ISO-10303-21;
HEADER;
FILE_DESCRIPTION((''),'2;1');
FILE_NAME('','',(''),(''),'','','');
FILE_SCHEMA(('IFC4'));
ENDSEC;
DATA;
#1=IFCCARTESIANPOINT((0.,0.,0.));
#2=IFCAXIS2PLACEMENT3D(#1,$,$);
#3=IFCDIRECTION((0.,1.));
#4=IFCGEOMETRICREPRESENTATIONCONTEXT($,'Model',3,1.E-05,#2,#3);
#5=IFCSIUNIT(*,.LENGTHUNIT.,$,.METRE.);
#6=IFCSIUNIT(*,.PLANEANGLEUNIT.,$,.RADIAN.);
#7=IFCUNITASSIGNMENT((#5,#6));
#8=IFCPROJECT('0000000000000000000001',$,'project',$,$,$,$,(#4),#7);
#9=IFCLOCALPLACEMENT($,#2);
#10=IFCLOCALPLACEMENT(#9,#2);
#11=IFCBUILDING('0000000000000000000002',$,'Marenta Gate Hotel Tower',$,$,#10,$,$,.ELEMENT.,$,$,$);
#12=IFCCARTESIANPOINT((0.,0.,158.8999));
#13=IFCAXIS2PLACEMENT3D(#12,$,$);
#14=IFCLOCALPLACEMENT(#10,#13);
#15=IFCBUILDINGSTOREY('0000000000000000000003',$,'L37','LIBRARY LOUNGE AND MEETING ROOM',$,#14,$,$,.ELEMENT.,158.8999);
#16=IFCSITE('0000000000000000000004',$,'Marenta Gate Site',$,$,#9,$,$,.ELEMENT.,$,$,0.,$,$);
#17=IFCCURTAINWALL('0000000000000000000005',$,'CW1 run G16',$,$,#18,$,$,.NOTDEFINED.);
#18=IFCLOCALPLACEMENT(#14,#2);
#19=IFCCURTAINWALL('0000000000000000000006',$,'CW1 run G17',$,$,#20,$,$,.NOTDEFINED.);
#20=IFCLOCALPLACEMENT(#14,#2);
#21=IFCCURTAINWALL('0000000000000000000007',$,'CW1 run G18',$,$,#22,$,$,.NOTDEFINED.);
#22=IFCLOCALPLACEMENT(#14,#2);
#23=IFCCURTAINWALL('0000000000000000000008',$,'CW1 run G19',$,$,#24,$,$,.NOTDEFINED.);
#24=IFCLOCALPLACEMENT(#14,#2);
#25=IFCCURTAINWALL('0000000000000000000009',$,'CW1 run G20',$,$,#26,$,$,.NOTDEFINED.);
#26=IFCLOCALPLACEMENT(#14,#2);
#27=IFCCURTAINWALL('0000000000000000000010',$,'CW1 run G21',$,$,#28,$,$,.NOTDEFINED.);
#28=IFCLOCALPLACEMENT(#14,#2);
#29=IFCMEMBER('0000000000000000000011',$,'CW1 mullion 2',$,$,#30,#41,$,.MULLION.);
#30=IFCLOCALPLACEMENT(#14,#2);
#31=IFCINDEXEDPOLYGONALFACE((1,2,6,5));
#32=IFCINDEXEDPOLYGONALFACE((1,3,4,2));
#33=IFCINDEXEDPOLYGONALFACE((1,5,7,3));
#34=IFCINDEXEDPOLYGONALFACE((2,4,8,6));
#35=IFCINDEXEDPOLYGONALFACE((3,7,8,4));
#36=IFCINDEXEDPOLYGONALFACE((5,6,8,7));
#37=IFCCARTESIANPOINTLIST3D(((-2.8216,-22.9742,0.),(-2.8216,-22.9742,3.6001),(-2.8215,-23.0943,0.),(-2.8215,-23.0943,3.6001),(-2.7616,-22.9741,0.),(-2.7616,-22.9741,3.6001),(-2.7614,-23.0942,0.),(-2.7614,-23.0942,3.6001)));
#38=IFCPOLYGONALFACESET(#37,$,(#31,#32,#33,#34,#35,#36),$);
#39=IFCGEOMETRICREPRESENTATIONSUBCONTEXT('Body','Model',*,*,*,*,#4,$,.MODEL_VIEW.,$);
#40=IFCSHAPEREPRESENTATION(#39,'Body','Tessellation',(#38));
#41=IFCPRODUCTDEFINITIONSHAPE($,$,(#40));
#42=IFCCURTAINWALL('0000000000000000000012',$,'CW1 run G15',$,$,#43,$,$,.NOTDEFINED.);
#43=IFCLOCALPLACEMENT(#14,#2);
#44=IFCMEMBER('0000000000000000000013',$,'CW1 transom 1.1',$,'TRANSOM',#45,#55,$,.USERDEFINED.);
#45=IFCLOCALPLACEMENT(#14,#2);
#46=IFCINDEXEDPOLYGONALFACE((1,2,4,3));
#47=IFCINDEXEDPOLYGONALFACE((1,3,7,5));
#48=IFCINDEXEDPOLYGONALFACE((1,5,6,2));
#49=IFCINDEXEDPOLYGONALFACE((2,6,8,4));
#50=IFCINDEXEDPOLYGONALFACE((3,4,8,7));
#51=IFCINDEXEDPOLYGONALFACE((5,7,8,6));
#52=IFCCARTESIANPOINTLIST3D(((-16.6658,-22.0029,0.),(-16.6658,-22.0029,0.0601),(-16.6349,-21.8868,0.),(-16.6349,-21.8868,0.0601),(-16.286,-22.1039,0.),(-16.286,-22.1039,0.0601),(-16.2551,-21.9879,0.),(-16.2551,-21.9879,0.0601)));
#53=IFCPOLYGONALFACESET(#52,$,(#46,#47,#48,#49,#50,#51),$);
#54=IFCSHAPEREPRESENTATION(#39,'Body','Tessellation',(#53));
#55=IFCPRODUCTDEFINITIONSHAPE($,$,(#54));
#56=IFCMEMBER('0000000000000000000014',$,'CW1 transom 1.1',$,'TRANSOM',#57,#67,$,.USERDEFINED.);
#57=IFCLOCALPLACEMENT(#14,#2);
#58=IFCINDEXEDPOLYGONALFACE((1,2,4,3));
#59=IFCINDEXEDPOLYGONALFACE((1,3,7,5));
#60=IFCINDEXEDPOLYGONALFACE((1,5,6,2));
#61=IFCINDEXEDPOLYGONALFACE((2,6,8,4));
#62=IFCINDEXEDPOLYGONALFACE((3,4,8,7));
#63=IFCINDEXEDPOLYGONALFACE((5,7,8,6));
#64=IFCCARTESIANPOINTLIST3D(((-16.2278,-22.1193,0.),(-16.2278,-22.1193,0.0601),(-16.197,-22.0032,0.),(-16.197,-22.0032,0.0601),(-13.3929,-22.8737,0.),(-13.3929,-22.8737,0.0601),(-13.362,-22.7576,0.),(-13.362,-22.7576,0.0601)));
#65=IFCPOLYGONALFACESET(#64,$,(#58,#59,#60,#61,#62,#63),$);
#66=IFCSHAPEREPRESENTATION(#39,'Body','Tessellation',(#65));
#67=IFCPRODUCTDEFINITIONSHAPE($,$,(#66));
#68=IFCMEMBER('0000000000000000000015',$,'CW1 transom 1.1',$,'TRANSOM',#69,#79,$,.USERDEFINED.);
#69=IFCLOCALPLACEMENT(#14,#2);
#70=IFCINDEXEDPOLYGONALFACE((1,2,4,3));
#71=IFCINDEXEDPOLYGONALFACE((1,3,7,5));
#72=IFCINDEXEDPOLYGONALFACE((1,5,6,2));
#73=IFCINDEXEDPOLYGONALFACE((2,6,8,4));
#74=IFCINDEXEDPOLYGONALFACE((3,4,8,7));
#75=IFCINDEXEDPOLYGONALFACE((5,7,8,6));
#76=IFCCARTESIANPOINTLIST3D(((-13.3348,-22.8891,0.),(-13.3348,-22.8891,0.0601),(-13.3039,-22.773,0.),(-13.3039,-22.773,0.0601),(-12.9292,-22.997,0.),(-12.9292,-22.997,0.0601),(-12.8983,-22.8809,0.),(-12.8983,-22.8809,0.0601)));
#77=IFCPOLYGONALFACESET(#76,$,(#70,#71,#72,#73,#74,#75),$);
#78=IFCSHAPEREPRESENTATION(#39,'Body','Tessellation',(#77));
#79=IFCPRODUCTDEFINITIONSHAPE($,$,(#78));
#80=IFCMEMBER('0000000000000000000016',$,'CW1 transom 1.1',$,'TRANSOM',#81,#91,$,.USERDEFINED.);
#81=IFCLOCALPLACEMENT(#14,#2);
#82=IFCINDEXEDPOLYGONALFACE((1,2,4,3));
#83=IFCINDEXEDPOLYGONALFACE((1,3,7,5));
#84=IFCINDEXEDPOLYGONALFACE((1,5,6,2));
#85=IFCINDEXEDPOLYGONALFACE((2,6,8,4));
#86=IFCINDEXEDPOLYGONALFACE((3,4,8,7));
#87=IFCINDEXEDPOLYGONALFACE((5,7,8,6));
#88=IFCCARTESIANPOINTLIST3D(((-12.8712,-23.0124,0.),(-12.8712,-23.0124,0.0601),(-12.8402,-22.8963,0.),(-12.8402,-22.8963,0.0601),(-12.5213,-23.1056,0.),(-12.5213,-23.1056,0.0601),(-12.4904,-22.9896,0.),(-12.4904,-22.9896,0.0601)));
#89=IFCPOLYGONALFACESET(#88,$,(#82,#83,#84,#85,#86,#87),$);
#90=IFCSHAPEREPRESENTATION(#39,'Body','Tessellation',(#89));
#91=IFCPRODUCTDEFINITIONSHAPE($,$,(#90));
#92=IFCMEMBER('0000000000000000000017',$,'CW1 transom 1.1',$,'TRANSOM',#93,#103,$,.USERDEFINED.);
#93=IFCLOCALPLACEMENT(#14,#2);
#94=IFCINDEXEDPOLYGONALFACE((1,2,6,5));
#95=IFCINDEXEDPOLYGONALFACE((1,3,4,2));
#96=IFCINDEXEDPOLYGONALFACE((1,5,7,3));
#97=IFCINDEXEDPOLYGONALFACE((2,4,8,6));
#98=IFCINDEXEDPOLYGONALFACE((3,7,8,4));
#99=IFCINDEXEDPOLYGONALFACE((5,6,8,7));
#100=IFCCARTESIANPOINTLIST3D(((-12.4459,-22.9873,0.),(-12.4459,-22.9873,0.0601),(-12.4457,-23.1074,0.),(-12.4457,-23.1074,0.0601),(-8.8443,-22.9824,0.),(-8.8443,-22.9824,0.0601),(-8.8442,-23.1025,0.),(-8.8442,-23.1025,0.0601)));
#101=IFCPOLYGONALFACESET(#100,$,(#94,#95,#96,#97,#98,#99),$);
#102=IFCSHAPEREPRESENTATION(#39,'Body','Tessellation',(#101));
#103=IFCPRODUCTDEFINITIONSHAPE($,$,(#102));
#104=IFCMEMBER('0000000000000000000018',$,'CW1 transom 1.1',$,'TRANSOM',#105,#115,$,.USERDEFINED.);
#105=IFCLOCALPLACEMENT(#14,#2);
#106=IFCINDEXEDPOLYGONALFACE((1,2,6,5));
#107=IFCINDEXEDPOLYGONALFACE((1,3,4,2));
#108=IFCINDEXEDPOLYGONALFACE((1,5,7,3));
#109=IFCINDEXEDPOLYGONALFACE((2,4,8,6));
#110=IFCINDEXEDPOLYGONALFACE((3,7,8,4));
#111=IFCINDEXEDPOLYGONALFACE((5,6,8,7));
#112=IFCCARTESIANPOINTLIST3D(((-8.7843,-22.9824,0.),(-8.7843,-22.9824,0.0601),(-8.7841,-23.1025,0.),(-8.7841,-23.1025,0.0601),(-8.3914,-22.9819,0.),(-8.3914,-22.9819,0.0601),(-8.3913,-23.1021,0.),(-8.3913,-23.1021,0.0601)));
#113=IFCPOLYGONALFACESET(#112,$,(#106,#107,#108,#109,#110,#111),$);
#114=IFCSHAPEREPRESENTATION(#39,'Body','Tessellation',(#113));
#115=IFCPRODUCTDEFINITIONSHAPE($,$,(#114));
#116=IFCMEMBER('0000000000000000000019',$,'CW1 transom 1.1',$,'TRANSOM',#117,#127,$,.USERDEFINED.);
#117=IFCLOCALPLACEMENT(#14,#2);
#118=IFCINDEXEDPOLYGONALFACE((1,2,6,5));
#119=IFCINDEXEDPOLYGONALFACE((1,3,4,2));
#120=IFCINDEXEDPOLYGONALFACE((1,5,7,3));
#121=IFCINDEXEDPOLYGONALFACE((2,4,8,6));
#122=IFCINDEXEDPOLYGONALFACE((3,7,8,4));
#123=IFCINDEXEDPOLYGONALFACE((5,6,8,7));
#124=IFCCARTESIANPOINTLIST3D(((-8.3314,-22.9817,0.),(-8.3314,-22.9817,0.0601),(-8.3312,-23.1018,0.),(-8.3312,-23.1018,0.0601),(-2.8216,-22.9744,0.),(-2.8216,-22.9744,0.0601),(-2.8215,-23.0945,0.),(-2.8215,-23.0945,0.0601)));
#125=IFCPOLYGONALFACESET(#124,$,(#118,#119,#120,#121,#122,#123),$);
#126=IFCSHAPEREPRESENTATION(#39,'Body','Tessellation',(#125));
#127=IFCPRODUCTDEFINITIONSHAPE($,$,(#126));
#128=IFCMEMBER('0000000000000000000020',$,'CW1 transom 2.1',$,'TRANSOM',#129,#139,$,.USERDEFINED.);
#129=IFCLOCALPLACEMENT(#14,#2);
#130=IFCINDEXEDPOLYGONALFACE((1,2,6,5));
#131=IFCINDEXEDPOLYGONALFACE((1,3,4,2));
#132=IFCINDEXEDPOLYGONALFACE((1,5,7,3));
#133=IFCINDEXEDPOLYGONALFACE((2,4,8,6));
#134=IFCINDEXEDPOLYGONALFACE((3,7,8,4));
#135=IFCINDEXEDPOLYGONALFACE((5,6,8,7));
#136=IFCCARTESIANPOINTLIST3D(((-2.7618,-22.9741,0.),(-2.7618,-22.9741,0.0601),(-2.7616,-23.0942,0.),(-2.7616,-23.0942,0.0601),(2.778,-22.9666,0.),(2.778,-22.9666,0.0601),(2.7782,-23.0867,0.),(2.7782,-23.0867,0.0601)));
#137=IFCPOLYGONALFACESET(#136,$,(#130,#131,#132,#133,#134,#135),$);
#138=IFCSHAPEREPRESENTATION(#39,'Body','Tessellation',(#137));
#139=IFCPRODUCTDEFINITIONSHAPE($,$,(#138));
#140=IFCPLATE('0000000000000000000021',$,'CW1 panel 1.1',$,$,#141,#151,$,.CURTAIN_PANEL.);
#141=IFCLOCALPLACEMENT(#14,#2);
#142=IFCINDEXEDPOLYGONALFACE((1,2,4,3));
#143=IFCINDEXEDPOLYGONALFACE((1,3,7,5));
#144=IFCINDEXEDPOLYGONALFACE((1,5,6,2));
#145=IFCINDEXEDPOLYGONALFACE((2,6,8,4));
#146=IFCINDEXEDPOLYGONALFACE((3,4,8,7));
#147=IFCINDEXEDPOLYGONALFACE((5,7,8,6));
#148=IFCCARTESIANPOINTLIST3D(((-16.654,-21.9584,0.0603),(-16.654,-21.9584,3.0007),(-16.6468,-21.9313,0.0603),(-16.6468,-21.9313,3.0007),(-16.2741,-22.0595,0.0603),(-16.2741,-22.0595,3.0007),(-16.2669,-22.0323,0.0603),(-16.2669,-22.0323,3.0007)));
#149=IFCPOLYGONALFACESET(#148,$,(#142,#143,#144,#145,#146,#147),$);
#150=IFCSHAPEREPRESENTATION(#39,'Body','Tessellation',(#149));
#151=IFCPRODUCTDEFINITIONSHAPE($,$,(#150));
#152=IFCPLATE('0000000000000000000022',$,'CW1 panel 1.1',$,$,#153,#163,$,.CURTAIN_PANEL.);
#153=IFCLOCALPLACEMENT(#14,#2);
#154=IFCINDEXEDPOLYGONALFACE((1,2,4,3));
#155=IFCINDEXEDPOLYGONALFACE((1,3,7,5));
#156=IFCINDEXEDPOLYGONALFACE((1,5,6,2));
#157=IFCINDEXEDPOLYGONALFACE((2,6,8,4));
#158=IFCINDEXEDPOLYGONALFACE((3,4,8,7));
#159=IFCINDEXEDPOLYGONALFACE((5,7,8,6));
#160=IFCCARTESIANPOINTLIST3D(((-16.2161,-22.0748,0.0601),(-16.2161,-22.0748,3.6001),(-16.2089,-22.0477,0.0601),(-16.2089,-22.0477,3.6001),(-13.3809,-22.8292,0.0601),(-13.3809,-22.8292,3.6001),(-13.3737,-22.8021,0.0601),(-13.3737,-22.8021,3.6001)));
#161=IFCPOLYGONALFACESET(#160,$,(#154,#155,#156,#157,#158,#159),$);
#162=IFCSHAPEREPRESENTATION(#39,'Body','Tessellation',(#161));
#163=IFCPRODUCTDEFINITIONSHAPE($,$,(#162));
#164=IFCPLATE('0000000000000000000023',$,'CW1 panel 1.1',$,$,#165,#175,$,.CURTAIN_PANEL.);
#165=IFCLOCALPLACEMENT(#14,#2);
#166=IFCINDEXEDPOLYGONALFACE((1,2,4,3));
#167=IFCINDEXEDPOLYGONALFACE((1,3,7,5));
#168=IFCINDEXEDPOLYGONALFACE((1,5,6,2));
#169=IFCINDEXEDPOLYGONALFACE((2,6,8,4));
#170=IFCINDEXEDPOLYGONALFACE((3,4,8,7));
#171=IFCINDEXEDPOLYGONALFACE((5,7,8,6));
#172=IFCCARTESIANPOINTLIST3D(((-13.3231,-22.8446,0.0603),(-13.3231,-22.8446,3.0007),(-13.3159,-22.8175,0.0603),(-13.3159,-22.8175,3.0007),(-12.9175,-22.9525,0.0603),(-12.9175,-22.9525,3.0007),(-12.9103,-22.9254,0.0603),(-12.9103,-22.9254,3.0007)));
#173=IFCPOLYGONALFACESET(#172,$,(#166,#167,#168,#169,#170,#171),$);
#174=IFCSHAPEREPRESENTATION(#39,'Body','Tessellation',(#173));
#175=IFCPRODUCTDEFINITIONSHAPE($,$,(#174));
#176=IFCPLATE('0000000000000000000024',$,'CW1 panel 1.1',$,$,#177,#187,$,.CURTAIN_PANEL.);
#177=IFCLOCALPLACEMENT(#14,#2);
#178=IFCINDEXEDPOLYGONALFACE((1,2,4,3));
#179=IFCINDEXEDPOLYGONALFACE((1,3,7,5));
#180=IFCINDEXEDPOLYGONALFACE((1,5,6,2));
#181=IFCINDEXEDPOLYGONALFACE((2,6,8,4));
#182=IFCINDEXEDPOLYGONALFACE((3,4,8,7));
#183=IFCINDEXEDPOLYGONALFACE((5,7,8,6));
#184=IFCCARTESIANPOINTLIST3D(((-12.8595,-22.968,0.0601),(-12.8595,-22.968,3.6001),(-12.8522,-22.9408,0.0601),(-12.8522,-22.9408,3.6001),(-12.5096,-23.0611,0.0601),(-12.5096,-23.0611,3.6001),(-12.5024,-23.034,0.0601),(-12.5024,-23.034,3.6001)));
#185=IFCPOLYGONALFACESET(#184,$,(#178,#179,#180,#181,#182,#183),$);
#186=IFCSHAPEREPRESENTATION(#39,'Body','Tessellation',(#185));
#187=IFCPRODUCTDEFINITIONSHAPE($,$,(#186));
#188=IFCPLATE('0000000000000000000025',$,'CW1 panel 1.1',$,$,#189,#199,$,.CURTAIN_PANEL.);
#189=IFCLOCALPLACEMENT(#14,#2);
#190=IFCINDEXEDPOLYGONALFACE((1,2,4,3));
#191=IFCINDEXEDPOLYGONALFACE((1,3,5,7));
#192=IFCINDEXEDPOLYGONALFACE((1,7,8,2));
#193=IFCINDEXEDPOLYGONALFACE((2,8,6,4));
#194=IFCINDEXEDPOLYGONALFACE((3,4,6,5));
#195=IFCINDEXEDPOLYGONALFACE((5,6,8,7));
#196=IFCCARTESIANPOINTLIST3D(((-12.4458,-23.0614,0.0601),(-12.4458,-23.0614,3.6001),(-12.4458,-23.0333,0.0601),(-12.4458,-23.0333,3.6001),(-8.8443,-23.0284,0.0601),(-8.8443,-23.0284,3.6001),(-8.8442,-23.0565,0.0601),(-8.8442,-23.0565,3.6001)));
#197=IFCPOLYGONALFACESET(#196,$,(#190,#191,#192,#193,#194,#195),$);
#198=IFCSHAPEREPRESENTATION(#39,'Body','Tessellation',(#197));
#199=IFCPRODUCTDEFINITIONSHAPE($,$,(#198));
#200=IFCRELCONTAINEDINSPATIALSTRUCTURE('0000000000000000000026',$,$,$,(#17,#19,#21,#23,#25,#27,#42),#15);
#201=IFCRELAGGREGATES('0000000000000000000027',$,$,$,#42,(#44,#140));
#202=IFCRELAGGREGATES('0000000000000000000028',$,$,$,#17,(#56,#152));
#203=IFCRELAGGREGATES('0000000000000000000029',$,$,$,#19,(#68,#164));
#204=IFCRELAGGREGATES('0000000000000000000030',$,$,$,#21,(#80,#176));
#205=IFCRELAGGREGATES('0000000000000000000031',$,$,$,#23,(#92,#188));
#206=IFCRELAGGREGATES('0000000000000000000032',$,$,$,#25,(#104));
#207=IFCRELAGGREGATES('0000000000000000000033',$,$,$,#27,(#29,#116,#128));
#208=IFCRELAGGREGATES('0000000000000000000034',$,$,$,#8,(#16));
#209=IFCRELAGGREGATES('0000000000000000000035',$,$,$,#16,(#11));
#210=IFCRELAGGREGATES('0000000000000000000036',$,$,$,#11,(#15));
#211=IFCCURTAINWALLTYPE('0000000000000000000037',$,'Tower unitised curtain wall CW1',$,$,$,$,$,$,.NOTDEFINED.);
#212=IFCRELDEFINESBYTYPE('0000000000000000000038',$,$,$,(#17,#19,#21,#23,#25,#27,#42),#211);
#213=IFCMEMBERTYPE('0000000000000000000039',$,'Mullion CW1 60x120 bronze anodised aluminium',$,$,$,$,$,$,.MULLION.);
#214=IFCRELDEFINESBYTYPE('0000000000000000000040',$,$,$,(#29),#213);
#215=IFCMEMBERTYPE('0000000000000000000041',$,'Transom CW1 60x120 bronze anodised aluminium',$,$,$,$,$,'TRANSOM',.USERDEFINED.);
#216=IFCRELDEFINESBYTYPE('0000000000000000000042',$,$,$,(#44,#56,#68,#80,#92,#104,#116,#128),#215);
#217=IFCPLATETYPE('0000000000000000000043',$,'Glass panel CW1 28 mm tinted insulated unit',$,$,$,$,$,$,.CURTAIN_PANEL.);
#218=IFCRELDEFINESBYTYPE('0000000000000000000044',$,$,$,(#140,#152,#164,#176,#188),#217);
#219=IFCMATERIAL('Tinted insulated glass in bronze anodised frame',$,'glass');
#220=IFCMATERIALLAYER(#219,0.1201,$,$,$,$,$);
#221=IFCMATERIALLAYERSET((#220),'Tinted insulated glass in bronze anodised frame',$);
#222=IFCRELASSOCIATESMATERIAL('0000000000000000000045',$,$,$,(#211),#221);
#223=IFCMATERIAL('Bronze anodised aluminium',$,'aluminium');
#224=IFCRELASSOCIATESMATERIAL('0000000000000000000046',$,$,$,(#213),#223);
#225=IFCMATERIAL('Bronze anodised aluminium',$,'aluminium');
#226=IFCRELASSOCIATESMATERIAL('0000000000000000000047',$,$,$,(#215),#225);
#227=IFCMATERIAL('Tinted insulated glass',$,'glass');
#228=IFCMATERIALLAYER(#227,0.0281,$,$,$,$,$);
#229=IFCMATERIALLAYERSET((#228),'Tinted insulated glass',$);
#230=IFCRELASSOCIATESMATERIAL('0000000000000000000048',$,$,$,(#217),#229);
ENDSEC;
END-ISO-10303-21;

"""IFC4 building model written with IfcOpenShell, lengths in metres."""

from ifc_helpers import new_model, si_unit, direction, frame, origin, origin_2d, place, context, subcontext, project, spatial, rectangle, extrude, material, layer, layer_set, material_profile, profile_set, type_object, element, aggregate, save


model = new_model("IFC4")

# Units and contexts
model_context = context("Model", 3, precision=1e-05, world=origin(), true_north=direction((0.0, 1.0)))
body_context = subcontext(model_context, "Body", "Model", "MODEL_VIEW")
ifc_project = project(units=[si_unit("LENGTHUNIT", "METRE"), si_unit("PLANEANGLEUNIT", "RADIAN")], contexts=[model_context])

# Site, building, storey
site_placement = place(None, origin())
site = spatial("IfcSite", under=ifc_project, at=site_placement, Name="Marenta Gate Site", CompositionType="ELEMENT", RefElevation=0.0)
building_placement = place(site_placement, origin())
building = spatial("IfcBuilding", under=site, at=building_placement, Name="Marenta Gate Hotel Tower", CompositionType="ELEMENT")
storey_placement = place(building_placement, frame((0.0, 0.0, 158.8999)))
storey = spatial("IfcBuildingStorey", under=building, at=storey_placement, Name="L37", Description="LIBRARY LOUNGE AND MEETING ROOM", CompositionType="ELEMENT", Elevation=158.8999)

# Curtain walls
ifc_material_1 = material(Name="Tinted insulated glass in bronze anodised frame", Category="glass")
ifc_layer_1 = layer(ifc_material_1, 0.1201)
ifc_layer_set_1 = layer_set([ifc_layer_1], Name="Tinted insulated glass in bronze anodised frame")
curtain_wall_type = type_object("IfcCurtainWallType", Name="Tower unitised curtain wall CW1", PredefinedType="NOTDEFINED", material=ifc_layer_set_1)
curtain_wall_1_placement = place(storey_placement, origin())
curtain_wall_1 = element("IfcCurtainWall", 1, at=curtain_wall_1_placement, inside=storey, type_object=curtain_wall_type, Name="CW1 run G16", PredefinedType="NOTDEFINED")
ifc_material_2 = material(Name="Bronze anodised aluminium", Category="aluminium")
ifc_material_profile_1 = material_profile(ifc_material_2, rectangle(XDim=0.1201, YDim=0.0601, at=origin_2d()), Name="Mullion CW1 60x120 bronze anodised aluminium")
ifc_profile_set_1 = profile_set([ifc_material_profile_1], Name="Bronze anodised aluminium")
member_type_1 = type_object("IfcMemberType", Name="Mullion CW1 60x120 bronze anodised aluminium", PredefinedType="MULLION", material=ifc_profile_set_1)
curtain_wall_2_placement = place(storey_placement, origin())
curtain_wall_2 = element("IfcCurtainWall", 2, at=curtain_wall_2_placement, inside=storey, type_object=curtain_wall_type, Name="CW1 run G17", PredefinedType="NOTDEFINED")
curtain_wall_3_placement = place(storey_placement, origin())
curtain_wall_3 = element("IfcCurtainWall", 3, at=curtain_wall_3_placement, inside=storey, type_object=curtain_wall_type, Name="CW1 run G18", PredefinedType="NOTDEFINED")
curtain_wall_4_placement = place(storey_placement, origin())
curtain_wall_4 = element("IfcCurtainWall", 4, at=curtain_wall_4_placement, inside=storey, type_object=curtain_wall_type, Name="CW1 run G19", PredefinedType="NOTDEFINED")
curtain_wall_5_placement = place(storey_placement, origin())
curtain_wall_5 = element("IfcCurtainWall", 5, at=curtain_wall_5_placement, inside=storey, type_object=curtain_wall_type, Name="CW1 run G20", PredefinedType="NOTDEFINED")

# Curtain wall, member
curtain_wall_6_placement = place(storey_placement, origin())
curtain_wall_6 = element("IfcCurtainWall", 6, at=curtain_wall_6_placement, inside=storey, type_object=curtain_wall_type, Name="CW1 run G21", PredefinedType="NOTDEFINED")
member_1_placement = place(storey_placement, frame((-2.7915, -23.0342, 0.0), z_axis=(0.0, 0.0, 1.0), x_axis=(-0.001363, 0.999999, 0.0)))
member_1 = element("IfcMember", 7, at=member_1_placement, type_object=member_type_1, Name="CW1 mullion 2", PredefinedType="MULLION", context=body_context, shape_type="SweptSolid", body=[
    extrude(rectangle(XDim=0.1201, YDim=0.0601, at=origin_2d()), origin(), (0.0, 0.0, 1.0), 3.6001),
])

# Curtain wall, member
curtain_wall_7_placement = place(storey_placement, origin())
curtain_wall_7 = element("IfcCurtainWall", 8, at=curtain_wall_7_placement, inside=storey, type_object=curtain_wall_type, Name="CW1 run G15", PredefinedType="NOTDEFINED")
ifc_material_3 = material(Name="Bronze anodised aluminium", Category="aluminium")
ifc_material_profile_2 = material_profile(ifc_material_3, rectangle(XDim=0.1201, YDim=0.0601, at=origin_2d()), Name="Transom CW1 60x120 bronze anodised aluminium")
ifc_profile_set_2 = profile_set([ifc_material_profile_2], Name="Bronze anodised aluminium")
member_type_2 = type_object("IfcMemberType", Name="Transom CW1 60x120 bronze anodised aluminium", ElementType="TRANSOM", PredefinedType="USERDEFINED", material=ifc_profile_set_2)
member_2_placement = place(storey_placement, frame((-16.6504, -21.9448, 0.03), z_axis=(0.966379, -0.257121, 0.0), x_axis=(0.257121, 0.966379, 0.0)))
member_2 = element("IfcMember", 9, at=member_2_placement, type_object=member_type_2, Name="CW1 transom 1.1", ObjectType="TRANSOM", PredefinedType="USERDEFINED", context=body_context, shape_type="SweptSolid", body=[
    extrude(rectangle(XDim=0.1201, YDim=0.0601, at=origin_2d()), origin(), (0.0, 0.0, 1.0), 0.3931),
])

# Members
member_3_placement = place(storey_placement, frame((-16.2124, -22.0613, 0.03), z_axis=(0.96637, -0.257155, 0.0), x_axis=(0.257155, 0.96637, 0.0)))
member_3 = element("IfcMember", 10, at=member_3_placement, type_object=member_type_2, Name="CW1 transom 1.1", ObjectType="TRANSOM", PredefinedType="USERDEFINED", context=body_context, shape_type="SweptSolid", body=[
    extrude(rectangle(XDim=0.1201, YDim=0.0601, at=origin_2d()), origin(), (0.0, 0.0, 1.0), 2.9336),
])
member_4_placement = place(storey_placement, frame((-13.3193, -22.8311, 0.03), z_axis=(0.96637, -0.257156, 0.0), x_axis=(0.257156, 0.96637, 0.0)))
member_4 = element("IfcMember", 11, at=member_4_placement, type_object=member_type_2, Name="CW1 transom 1.1", ObjectType="TRANSOM", PredefinedType="USERDEFINED", context=body_context, shape_type="SweptSolid", body=[
    extrude(rectangle(XDim=0.1201, YDim=0.0601, at=origin_2d()), origin(), (0.0, 0.0, 1.0), 0.4197),
])
member_5_placement = place(storey_placement, frame((-12.8557, -22.9543, 0.03), z_axis=(0.966257, -0.257579, 0.0), x_axis=(0.257579, 0.966257, 0.0)))
member_5 = element("IfcMember", 12, at=member_5_placement, type_object=member_type_2, Name="CW1 transom 1.1", ObjectType="TRANSOM", PredefinedType="USERDEFINED", context=body_context, shape_type="SweptSolid", body=[
    extrude(rectangle(XDim=0.1201, YDim=0.0601, at=origin_2d()), origin(), (0.0, 0.0, 1.0), 0.3621),
])
member_6_placement = place(storey_placement, frame((-12.4458, -23.0474, 0.03), z_axis=(0.999999, 0.001356, 0.0), x_axis=(-0.001356, 0.999999, 0.0)))
member_6 = element("IfcMember", 13, at=member_6_placement, type_object=member_type_2, Name="CW1 transom 1.1", ObjectType="TRANSOM", PredefinedType="USERDEFINED", context=body_context, shape_type="SweptSolid", body=[
    extrude(rectangle(XDim=0.1201, YDim=0.0601, at=origin_2d()), origin(), (0.0, 0.0, 1.0), 3.6016),
])
member_7_placement = place(storey_placement, frame((-8.7842, -23.0425, 0.03), z_axis=(0.999999, 0.001243, 0.0), x_axis=(-0.001243, 0.999999, 0.0)))
member_7 = element("IfcMember", 14, at=member_7_placement, type_object=member_type_2, Name="CW1 transom 1.1", ObjectType="TRANSOM", PredefinedType="USERDEFINED", context=body_context, shape_type="SweptSolid", body=[
    extrude(rectangle(XDim=0.1201, YDim=0.0601, at=origin_2d()), origin(), (0.0, 0.0, 1.0), 0.3928),
])
member_8_placement = place(storey_placement, frame((-8.3313, -23.0417, 0.03), z_axis=(0.999999, 0.001329, 0.0), x_axis=(-0.001329, 0.999999, 0.0)))
member_8 = element("IfcMember", 15, at=member_8_placement, type_object=member_type_2, Name="CW1 transom 1.1", ObjectType="TRANSOM", PredefinedType="USERDEFINED", context=body_context, shape_type="SweptSolid", body=[
    extrude(rectangle(XDim=0.1201, YDim=0.0601, at=origin_2d()), origin(), (0.0, 0.0, 1.0), 5.5098),
])
member_9_placement = place(storey_placement, frame((-2.7617, -23.0342, 0.03), z_axis=(0.999999, 0.001366, 0.0), x_axis=(-0.001366, 0.999999, 0.0)))
member_9 = element("IfcMember", 16, at=member_9_placement, type_object=member_type_2, Name="CW1 transom 2.1", ObjectType="TRANSOM", PredefinedType="USERDEFINED", context=body_context, shape_type="SweptSolid", body=[
    extrude(rectangle(XDim=0.1201, YDim=0.0601, at=origin_2d()), origin(), (0.0, 0.0, 1.0), 5.5398),
])

# Plates
ifc_material_4 = material(Name="Tinted insulated glass", Category="glass")
ifc_layer_2 = layer(ifc_material_4, 0.0281)
ifc_layer_set_2 = layer_set([ifc_layer_2], Name="Tinted insulated glass")
plate_type = type_object("IfcPlateType", Name="Glass panel CW1 28 mm tinted insulated unit", PredefinedType="CURTAIN_PANEL", material=ifc_layer_set_2)
plate_1_placement = place(storey_placement, frame((-16.4604, -21.9954, 0.0603), z_axis=(0.0, 0.0, 1.0), x_axis=(0.96637, -0.257154, 0.0)))
plate_1 = element("IfcPlate", 17, at=plate_1_placement, type_object=plate_type, Name="CW1 panel 1.1", PredefinedType="CURTAIN_PANEL", context=body_context, shape_type="SweptSolid", body=[
    extrude(rectangle(XDim=0.3931, YDim=0.0281, at=origin_2d()), origin(), (0.0, 0.0, 1.0), 2.9404),
])
aggregate(curtain_wall_7, [member_2, plate_1])
plate_2_placement = place(storey_placement, frame((-14.7949, -22.4385, 0.0601), z_axis=(0.0, 0.0, 1.0), x_axis=(0.966376, -0.257135, 0.0)))
plate_2 = element("IfcPlate", 18, at=plate_2_placement, type_object=plate_type, Name="CW1 panel 1.1", PredefinedType="CURTAIN_PANEL", context=body_context, shape_type="SweptSolid", body=[
    extrude(rectangle(XDim=2.9338, YDim=0.0281, at=origin_2d()), origin(), (0.0, 0.0, 1.0), 3.54),
])
aggregate(curtain_wall_1, [member_3, plate_2])
plate_3_placement = place(storey_placement, frame((-13.1167, -22.885, 0.0603), z_axis=(0.0, 0.0, 1.0), x_axis=(0.966404, -0.257027, 0.0)))
plate_3 = element("IfcPlate", 19, at=plate_3_placement, type_object=plate_type, Name="CW1 panel 1.1", PredefinedType="CURTAIN_PANEL", context=body_context, shape_type="SweptSolid", body=[
    extrude(rectangle(XDim=0.4197, YDim=0.0281, at=origin_2d()), origin(), (0.0, 0.0, 1.0), 2.9404),
])
aggregate(curtain_wall_2, [member_4, plate_3])
plate_4_placement = place(storey_placement, frame((-12.6809, -23.001, 0.0601), z_axis=(0.0, 0.0, 1.0), x_axis=(0.966337, -0.257279, 0.0)))
plate_4 = element("IfcPlate", 20, at=plate_4_placement, type_object=plate_type, Name="CW1 panel 1.1", PredefinedType="CURTAIN_PANEL", context=body_context, shape_type="SweptSolid", body=[
    extrude(rectangle(XDim=0.3621, YDim=0.0281, at=origin_2d()), origin(), (0.0, 0.0, 1.0), 3.54),
])
aggregate(curtain_wall_3, [member_5, plate_4])
plate_5_placement = place(storey_placement, frame((-10.645, -23.0449, 0.0601), z_axis=(0.0, 0.0, 1.0), x_axis=(0.999999, 0.001366, 0.0)))
plate_5 = element("IfcPlate", 21, at=plate_5_placement, type_object=plate_type, Name="CW1 panel 1.1", PredefinedType="CURTAIN_PANEL", context=body_context, shape_type="SweptSolid", body=[
    extrude(rectangle(XDim=3.6016, YDim=0.0281, at=origin_2d()), origin(), (0.0, 0.0, 1.0), 3.54),
])
aggregate(curtain_wall_4, [member_6, plate_5])
aggregate(curtain_wall_5, [member_7])
aggregate(curtain_wall_6, [member_1, member_8, member_9])

save(model, "model.ifc")
